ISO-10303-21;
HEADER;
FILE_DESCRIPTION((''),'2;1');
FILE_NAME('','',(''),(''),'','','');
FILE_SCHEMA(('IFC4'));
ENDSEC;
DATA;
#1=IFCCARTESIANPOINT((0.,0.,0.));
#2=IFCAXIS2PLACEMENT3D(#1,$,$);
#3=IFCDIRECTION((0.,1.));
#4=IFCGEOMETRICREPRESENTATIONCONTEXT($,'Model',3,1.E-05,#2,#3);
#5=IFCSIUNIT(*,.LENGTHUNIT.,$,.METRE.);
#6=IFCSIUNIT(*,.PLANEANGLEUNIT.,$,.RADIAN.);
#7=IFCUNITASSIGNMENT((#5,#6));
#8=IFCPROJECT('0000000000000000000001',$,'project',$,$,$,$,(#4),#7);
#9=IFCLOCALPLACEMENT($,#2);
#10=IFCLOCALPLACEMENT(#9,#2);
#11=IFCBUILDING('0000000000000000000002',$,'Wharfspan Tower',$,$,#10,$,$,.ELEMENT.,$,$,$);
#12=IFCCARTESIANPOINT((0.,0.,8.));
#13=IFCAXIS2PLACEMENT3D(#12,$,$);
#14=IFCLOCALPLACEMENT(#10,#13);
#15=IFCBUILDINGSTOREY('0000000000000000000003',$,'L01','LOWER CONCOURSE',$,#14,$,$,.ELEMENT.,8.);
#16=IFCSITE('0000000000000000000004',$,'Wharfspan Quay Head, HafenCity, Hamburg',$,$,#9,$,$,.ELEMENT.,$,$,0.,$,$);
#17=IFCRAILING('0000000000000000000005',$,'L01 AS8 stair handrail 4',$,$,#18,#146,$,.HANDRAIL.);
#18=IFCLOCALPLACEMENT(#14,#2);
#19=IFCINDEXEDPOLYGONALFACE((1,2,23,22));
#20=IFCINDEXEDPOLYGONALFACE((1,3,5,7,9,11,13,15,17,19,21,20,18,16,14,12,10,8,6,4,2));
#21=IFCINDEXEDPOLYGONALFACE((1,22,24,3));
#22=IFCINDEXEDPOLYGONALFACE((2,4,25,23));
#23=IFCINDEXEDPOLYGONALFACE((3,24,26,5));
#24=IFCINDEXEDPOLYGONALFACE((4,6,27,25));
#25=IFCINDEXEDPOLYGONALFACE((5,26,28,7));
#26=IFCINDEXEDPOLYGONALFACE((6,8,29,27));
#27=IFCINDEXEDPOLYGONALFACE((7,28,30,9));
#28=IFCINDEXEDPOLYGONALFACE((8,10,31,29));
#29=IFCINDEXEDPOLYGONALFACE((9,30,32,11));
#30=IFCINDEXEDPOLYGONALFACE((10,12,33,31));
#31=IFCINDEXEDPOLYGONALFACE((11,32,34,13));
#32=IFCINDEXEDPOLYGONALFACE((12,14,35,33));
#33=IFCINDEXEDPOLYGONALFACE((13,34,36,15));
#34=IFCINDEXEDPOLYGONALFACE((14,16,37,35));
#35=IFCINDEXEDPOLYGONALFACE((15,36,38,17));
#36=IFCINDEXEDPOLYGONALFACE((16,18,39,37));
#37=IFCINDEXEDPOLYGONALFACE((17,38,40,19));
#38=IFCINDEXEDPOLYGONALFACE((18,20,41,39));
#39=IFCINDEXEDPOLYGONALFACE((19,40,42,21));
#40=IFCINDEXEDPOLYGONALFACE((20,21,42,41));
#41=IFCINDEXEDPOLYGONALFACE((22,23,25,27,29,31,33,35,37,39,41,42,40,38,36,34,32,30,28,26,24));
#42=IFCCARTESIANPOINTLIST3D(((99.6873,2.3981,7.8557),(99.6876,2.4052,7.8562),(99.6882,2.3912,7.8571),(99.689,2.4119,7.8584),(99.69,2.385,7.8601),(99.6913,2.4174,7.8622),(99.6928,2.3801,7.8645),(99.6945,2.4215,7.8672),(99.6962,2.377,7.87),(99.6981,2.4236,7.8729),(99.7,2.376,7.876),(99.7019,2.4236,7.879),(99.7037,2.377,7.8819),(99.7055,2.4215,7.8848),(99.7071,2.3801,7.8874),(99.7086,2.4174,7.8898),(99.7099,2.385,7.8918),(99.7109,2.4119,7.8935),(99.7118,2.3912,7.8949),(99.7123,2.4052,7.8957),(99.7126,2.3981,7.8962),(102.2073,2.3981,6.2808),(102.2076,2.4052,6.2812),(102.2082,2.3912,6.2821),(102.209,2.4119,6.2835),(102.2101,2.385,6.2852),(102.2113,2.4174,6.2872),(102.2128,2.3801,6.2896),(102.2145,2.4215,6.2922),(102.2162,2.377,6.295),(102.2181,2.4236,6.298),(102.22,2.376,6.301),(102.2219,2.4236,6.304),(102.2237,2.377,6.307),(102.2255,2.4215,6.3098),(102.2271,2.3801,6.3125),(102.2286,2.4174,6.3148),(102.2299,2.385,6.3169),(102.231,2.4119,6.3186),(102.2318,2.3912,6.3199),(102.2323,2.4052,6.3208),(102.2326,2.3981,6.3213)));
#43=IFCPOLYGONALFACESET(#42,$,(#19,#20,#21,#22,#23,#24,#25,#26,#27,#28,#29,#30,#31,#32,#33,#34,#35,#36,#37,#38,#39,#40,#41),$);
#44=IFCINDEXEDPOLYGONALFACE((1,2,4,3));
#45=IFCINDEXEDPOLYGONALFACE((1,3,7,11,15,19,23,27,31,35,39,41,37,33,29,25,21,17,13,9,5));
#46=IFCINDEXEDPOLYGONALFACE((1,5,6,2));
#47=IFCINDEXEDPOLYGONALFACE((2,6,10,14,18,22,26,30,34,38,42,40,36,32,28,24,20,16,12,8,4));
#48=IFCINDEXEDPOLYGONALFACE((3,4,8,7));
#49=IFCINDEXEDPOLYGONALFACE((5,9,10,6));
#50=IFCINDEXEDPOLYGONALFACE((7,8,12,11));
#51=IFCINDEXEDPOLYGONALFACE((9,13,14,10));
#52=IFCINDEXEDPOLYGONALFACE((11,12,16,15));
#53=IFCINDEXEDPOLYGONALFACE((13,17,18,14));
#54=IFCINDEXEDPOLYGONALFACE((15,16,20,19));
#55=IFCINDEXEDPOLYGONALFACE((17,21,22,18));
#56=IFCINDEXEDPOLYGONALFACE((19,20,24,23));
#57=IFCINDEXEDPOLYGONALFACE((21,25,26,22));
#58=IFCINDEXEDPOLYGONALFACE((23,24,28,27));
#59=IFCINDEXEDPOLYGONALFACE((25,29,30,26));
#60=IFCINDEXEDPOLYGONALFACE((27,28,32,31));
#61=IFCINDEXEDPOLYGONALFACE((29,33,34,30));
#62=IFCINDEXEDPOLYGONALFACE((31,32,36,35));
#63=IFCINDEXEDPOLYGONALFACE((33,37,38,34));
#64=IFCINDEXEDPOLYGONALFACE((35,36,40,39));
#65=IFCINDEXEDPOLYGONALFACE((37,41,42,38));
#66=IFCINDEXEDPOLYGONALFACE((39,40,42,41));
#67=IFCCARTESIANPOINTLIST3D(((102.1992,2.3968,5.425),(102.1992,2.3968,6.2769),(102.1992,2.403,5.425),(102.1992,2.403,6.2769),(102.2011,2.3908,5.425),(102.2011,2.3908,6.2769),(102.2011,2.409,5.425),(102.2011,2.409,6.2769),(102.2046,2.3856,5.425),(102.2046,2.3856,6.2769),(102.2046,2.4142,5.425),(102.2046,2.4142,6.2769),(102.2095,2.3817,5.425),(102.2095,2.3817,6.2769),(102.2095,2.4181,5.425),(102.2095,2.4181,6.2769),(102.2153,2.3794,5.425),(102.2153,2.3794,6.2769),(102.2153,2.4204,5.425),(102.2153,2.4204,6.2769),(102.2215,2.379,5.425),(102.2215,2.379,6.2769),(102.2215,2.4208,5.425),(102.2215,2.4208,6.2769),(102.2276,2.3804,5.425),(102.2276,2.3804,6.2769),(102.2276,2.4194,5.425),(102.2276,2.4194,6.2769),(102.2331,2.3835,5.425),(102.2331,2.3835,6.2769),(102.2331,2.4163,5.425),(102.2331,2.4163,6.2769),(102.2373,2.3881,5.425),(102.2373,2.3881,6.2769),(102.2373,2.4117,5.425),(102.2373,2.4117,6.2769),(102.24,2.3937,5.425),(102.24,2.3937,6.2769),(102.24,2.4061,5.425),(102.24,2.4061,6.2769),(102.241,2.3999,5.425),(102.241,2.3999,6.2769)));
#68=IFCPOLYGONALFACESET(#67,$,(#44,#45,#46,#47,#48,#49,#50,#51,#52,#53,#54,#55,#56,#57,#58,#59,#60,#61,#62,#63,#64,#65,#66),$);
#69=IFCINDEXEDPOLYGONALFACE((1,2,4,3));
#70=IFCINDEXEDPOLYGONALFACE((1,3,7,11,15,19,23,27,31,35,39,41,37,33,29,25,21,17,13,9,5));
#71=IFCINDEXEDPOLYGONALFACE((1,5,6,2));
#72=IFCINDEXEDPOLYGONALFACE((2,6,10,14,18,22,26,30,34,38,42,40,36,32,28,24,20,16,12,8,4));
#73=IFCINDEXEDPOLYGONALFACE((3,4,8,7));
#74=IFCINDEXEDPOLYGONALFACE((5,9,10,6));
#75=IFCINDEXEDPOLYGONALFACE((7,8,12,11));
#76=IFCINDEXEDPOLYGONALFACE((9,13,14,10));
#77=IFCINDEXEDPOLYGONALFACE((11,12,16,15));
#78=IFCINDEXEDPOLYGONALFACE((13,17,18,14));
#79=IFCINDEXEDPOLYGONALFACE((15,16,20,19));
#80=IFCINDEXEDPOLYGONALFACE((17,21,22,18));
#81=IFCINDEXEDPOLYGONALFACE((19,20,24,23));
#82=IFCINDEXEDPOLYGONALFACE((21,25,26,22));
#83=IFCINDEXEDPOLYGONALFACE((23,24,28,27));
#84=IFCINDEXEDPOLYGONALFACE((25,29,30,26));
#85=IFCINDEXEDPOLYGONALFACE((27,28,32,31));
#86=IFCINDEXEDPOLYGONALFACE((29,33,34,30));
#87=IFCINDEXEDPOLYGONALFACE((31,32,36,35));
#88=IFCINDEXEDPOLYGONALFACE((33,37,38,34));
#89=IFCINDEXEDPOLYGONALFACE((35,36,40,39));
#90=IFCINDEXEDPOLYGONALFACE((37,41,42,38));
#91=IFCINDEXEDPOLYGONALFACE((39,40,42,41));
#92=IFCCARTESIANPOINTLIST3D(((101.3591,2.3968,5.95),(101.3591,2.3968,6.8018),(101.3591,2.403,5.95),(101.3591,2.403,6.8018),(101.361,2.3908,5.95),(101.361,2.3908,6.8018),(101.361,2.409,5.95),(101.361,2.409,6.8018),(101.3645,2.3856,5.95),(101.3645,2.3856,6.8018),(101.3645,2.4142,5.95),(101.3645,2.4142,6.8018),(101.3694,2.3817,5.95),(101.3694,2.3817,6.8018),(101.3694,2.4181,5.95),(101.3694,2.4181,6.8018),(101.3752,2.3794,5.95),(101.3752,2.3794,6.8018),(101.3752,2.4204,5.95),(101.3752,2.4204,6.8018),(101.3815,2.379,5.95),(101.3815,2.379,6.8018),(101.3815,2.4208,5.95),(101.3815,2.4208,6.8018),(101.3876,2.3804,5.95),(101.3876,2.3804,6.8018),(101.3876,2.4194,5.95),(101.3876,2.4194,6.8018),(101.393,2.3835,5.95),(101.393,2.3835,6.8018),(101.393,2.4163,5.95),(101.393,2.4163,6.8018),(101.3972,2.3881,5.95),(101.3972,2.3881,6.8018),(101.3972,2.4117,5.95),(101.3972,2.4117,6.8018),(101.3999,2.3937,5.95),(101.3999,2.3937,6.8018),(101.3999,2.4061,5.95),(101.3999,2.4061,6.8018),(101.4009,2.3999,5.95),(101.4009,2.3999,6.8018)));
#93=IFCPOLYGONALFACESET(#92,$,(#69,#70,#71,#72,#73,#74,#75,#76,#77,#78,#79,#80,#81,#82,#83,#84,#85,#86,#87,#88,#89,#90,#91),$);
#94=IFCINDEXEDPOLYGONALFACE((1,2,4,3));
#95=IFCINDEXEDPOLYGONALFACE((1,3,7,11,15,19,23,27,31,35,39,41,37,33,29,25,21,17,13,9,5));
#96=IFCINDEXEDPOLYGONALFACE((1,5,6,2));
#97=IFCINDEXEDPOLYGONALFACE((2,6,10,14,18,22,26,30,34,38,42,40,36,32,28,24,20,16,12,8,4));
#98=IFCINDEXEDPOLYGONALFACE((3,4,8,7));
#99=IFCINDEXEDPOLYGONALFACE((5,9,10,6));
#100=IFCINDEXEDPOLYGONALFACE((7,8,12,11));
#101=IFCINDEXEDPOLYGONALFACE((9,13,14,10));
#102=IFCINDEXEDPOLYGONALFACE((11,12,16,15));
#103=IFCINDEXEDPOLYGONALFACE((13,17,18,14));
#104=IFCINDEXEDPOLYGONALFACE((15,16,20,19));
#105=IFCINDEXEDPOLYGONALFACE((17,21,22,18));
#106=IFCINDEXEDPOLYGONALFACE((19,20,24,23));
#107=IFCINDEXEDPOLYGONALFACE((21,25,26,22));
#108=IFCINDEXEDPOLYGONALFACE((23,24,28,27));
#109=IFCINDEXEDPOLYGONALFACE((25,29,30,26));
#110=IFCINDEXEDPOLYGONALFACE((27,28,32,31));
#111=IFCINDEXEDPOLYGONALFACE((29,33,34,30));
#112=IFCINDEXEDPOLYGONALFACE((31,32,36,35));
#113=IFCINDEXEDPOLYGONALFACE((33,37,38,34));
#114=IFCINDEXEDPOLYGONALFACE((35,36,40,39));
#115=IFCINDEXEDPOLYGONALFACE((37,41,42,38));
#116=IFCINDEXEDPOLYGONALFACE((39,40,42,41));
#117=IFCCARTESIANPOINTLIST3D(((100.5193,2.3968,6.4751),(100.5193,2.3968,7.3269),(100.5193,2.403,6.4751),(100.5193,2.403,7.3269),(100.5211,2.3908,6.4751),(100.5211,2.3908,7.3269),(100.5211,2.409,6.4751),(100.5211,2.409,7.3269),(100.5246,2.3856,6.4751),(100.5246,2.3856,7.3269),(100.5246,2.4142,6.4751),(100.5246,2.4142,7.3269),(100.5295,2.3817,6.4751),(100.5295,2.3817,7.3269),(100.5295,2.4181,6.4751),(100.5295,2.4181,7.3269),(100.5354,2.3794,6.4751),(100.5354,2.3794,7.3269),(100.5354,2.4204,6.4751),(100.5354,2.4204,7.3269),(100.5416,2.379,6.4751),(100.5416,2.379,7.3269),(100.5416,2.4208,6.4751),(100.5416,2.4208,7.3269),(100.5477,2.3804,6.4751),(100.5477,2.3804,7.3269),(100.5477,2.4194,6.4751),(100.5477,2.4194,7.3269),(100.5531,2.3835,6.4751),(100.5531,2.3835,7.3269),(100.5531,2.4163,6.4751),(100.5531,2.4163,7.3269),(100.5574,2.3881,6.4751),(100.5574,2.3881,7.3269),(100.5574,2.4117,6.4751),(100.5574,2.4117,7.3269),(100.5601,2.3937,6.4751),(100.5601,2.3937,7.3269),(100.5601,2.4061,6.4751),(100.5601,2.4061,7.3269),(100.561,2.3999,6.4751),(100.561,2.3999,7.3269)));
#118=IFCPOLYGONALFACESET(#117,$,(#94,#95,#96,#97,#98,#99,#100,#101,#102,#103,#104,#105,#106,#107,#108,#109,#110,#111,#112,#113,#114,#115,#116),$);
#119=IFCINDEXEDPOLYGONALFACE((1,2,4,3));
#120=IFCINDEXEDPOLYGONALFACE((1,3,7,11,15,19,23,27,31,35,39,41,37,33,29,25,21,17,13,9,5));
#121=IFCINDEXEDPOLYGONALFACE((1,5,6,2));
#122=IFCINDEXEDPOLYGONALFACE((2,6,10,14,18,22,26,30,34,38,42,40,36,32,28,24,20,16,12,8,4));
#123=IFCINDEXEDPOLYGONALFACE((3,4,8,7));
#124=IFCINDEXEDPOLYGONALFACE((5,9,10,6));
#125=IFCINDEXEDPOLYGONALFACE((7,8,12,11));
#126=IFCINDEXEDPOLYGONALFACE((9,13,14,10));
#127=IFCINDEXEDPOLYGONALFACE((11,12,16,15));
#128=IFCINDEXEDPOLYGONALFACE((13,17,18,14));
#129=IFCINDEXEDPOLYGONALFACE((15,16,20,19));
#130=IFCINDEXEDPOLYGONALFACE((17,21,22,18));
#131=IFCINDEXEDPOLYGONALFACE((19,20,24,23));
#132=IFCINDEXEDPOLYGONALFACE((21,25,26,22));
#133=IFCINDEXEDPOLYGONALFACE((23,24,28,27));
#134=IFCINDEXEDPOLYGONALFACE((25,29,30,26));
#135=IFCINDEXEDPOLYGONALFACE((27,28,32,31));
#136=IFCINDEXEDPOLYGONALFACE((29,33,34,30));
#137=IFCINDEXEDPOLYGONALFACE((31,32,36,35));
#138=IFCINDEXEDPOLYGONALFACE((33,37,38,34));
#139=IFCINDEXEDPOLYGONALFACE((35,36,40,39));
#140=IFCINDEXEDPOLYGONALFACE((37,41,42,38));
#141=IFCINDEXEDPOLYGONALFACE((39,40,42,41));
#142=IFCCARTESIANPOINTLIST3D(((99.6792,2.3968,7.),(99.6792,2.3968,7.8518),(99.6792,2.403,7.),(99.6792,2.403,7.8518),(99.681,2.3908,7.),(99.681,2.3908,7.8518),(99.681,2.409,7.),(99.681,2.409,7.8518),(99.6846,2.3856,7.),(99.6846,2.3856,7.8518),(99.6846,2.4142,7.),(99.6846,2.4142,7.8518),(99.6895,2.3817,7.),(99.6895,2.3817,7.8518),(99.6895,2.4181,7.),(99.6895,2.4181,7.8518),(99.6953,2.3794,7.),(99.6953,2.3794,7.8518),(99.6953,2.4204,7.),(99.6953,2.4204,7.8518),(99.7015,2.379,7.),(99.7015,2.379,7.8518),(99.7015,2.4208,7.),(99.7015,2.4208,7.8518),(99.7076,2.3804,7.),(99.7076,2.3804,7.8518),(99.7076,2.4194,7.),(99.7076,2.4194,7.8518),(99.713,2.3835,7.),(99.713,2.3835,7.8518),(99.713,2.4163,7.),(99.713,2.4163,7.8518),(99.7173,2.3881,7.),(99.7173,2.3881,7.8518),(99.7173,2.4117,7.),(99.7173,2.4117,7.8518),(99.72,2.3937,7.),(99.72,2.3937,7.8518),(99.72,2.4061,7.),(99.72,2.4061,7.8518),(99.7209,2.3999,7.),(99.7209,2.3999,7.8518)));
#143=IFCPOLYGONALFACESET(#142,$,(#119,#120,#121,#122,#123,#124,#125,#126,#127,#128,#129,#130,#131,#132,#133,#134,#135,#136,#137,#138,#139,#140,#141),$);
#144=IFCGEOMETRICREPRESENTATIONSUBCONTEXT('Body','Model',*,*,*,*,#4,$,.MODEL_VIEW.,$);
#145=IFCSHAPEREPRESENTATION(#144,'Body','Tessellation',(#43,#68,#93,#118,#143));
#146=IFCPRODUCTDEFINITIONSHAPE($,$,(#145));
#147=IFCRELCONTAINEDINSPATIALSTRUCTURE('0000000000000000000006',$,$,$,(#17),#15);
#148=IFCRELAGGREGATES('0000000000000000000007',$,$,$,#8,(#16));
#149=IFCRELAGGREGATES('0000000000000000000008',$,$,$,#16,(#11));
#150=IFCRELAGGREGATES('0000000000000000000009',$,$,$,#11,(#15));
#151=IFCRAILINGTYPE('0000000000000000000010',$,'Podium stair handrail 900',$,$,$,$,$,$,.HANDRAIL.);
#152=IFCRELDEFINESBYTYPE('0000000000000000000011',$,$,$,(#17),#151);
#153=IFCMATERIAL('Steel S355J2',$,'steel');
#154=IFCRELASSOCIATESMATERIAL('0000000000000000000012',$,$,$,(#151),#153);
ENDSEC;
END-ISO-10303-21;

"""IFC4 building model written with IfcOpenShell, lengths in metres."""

from ifc_helpers import new_model, si_unit, direction, frame, origin, origin_2d, place, context, subcontext, project, spatial, circle, extrude, material, type_object, element, save


model = new_model("IFC4")

# Units and contexts
model_context = context("Model", 3, precision=1e-05, world=origin(), true_north=direction((0.0, 1.0)))
body_context = subcontext(model_context, "Body", "Model", "MODEL_VIEW")
ifc_project = project(units=[si_unit("LENGTHUNIT", "METRE"), si_unit("PLANEANGLEUNIT", "RADIAN")], contexts=[model_context])

# Site, building, storey
site_placement = place(None, origin())
site = spatial("IfcSite", under=ifc_project, at=site_placement, Name="Wharfspan Quay Head, HafenCity, Hamburg", CompositionType="ELEMENT", RefElevation=0.0)
building_placement = place(site_placement, origin())
building = spatial("IfcBuilding", under=site, at=building_placement, Name="Wharfspan Tower", CompositionType="ELEMENT")
storey_placement = place(building_placement, frame((0.0, 0.0, 8.0)))
storey = spatial("IfcBuildingStorey", under=building, at=storey_placement, Name="L01", Description="LOWER CONCOURSE", CompositionType="ELEMENT", Elevation=8.0)

# Railing
ifc_material_1 = material(Name="Steel S355J2", Category="steel")
railing_type = type_object("IfcRailingType", Name="Podium stair handrail 900", PredefinedType="HANDRAIL", material=ifc_material_1)
for number, where, name in (
    (1, (102.22, 2.3999, 5.425), "L01 AS8 stair handrail 4"),
):
    element("IfcRailing", number, at=place(storey_placement, frame(where)), inside=storey, type_object=railing_type, Name=name, PredefinedType="HANDRAIL", context=body_context, shape_type="SweptSolid", body=[
        extrude(circle(Radius=0.0239, at=origin_2d()), frame((0.0, 0.0, 0.876), z_axis=(-0.848008, 0.0, 0.529984), x_axis=(0.0, -1.0, 0.0)), (0.0, 0.0, 1.0), 2.9717),
        extrude(circle(Radius=0.021, at=origin_2d()), origin(), (0.0, 0.0, 1.0), 0.8518),
        extrude(circle(Radius=0.021, at=origin_2d()), frame((-0.8401, 0.0, 0.5249)), (0.0, 0.0, 1.0), 0.8518),
        extrude(circle(Radius=0.021, at=origin_2d()), frame((-1.6799, 0.0, 1.05)), (0.0, 0.0, 1.0), 0.8518),
        extrude(circle(Radius=0.021, at=origin_2d()), frame((-2.52, 0.0, 1.575)), (0.0, 0.0, 1.0), 0.8518),
    ])

save(model, "model.ifc")
